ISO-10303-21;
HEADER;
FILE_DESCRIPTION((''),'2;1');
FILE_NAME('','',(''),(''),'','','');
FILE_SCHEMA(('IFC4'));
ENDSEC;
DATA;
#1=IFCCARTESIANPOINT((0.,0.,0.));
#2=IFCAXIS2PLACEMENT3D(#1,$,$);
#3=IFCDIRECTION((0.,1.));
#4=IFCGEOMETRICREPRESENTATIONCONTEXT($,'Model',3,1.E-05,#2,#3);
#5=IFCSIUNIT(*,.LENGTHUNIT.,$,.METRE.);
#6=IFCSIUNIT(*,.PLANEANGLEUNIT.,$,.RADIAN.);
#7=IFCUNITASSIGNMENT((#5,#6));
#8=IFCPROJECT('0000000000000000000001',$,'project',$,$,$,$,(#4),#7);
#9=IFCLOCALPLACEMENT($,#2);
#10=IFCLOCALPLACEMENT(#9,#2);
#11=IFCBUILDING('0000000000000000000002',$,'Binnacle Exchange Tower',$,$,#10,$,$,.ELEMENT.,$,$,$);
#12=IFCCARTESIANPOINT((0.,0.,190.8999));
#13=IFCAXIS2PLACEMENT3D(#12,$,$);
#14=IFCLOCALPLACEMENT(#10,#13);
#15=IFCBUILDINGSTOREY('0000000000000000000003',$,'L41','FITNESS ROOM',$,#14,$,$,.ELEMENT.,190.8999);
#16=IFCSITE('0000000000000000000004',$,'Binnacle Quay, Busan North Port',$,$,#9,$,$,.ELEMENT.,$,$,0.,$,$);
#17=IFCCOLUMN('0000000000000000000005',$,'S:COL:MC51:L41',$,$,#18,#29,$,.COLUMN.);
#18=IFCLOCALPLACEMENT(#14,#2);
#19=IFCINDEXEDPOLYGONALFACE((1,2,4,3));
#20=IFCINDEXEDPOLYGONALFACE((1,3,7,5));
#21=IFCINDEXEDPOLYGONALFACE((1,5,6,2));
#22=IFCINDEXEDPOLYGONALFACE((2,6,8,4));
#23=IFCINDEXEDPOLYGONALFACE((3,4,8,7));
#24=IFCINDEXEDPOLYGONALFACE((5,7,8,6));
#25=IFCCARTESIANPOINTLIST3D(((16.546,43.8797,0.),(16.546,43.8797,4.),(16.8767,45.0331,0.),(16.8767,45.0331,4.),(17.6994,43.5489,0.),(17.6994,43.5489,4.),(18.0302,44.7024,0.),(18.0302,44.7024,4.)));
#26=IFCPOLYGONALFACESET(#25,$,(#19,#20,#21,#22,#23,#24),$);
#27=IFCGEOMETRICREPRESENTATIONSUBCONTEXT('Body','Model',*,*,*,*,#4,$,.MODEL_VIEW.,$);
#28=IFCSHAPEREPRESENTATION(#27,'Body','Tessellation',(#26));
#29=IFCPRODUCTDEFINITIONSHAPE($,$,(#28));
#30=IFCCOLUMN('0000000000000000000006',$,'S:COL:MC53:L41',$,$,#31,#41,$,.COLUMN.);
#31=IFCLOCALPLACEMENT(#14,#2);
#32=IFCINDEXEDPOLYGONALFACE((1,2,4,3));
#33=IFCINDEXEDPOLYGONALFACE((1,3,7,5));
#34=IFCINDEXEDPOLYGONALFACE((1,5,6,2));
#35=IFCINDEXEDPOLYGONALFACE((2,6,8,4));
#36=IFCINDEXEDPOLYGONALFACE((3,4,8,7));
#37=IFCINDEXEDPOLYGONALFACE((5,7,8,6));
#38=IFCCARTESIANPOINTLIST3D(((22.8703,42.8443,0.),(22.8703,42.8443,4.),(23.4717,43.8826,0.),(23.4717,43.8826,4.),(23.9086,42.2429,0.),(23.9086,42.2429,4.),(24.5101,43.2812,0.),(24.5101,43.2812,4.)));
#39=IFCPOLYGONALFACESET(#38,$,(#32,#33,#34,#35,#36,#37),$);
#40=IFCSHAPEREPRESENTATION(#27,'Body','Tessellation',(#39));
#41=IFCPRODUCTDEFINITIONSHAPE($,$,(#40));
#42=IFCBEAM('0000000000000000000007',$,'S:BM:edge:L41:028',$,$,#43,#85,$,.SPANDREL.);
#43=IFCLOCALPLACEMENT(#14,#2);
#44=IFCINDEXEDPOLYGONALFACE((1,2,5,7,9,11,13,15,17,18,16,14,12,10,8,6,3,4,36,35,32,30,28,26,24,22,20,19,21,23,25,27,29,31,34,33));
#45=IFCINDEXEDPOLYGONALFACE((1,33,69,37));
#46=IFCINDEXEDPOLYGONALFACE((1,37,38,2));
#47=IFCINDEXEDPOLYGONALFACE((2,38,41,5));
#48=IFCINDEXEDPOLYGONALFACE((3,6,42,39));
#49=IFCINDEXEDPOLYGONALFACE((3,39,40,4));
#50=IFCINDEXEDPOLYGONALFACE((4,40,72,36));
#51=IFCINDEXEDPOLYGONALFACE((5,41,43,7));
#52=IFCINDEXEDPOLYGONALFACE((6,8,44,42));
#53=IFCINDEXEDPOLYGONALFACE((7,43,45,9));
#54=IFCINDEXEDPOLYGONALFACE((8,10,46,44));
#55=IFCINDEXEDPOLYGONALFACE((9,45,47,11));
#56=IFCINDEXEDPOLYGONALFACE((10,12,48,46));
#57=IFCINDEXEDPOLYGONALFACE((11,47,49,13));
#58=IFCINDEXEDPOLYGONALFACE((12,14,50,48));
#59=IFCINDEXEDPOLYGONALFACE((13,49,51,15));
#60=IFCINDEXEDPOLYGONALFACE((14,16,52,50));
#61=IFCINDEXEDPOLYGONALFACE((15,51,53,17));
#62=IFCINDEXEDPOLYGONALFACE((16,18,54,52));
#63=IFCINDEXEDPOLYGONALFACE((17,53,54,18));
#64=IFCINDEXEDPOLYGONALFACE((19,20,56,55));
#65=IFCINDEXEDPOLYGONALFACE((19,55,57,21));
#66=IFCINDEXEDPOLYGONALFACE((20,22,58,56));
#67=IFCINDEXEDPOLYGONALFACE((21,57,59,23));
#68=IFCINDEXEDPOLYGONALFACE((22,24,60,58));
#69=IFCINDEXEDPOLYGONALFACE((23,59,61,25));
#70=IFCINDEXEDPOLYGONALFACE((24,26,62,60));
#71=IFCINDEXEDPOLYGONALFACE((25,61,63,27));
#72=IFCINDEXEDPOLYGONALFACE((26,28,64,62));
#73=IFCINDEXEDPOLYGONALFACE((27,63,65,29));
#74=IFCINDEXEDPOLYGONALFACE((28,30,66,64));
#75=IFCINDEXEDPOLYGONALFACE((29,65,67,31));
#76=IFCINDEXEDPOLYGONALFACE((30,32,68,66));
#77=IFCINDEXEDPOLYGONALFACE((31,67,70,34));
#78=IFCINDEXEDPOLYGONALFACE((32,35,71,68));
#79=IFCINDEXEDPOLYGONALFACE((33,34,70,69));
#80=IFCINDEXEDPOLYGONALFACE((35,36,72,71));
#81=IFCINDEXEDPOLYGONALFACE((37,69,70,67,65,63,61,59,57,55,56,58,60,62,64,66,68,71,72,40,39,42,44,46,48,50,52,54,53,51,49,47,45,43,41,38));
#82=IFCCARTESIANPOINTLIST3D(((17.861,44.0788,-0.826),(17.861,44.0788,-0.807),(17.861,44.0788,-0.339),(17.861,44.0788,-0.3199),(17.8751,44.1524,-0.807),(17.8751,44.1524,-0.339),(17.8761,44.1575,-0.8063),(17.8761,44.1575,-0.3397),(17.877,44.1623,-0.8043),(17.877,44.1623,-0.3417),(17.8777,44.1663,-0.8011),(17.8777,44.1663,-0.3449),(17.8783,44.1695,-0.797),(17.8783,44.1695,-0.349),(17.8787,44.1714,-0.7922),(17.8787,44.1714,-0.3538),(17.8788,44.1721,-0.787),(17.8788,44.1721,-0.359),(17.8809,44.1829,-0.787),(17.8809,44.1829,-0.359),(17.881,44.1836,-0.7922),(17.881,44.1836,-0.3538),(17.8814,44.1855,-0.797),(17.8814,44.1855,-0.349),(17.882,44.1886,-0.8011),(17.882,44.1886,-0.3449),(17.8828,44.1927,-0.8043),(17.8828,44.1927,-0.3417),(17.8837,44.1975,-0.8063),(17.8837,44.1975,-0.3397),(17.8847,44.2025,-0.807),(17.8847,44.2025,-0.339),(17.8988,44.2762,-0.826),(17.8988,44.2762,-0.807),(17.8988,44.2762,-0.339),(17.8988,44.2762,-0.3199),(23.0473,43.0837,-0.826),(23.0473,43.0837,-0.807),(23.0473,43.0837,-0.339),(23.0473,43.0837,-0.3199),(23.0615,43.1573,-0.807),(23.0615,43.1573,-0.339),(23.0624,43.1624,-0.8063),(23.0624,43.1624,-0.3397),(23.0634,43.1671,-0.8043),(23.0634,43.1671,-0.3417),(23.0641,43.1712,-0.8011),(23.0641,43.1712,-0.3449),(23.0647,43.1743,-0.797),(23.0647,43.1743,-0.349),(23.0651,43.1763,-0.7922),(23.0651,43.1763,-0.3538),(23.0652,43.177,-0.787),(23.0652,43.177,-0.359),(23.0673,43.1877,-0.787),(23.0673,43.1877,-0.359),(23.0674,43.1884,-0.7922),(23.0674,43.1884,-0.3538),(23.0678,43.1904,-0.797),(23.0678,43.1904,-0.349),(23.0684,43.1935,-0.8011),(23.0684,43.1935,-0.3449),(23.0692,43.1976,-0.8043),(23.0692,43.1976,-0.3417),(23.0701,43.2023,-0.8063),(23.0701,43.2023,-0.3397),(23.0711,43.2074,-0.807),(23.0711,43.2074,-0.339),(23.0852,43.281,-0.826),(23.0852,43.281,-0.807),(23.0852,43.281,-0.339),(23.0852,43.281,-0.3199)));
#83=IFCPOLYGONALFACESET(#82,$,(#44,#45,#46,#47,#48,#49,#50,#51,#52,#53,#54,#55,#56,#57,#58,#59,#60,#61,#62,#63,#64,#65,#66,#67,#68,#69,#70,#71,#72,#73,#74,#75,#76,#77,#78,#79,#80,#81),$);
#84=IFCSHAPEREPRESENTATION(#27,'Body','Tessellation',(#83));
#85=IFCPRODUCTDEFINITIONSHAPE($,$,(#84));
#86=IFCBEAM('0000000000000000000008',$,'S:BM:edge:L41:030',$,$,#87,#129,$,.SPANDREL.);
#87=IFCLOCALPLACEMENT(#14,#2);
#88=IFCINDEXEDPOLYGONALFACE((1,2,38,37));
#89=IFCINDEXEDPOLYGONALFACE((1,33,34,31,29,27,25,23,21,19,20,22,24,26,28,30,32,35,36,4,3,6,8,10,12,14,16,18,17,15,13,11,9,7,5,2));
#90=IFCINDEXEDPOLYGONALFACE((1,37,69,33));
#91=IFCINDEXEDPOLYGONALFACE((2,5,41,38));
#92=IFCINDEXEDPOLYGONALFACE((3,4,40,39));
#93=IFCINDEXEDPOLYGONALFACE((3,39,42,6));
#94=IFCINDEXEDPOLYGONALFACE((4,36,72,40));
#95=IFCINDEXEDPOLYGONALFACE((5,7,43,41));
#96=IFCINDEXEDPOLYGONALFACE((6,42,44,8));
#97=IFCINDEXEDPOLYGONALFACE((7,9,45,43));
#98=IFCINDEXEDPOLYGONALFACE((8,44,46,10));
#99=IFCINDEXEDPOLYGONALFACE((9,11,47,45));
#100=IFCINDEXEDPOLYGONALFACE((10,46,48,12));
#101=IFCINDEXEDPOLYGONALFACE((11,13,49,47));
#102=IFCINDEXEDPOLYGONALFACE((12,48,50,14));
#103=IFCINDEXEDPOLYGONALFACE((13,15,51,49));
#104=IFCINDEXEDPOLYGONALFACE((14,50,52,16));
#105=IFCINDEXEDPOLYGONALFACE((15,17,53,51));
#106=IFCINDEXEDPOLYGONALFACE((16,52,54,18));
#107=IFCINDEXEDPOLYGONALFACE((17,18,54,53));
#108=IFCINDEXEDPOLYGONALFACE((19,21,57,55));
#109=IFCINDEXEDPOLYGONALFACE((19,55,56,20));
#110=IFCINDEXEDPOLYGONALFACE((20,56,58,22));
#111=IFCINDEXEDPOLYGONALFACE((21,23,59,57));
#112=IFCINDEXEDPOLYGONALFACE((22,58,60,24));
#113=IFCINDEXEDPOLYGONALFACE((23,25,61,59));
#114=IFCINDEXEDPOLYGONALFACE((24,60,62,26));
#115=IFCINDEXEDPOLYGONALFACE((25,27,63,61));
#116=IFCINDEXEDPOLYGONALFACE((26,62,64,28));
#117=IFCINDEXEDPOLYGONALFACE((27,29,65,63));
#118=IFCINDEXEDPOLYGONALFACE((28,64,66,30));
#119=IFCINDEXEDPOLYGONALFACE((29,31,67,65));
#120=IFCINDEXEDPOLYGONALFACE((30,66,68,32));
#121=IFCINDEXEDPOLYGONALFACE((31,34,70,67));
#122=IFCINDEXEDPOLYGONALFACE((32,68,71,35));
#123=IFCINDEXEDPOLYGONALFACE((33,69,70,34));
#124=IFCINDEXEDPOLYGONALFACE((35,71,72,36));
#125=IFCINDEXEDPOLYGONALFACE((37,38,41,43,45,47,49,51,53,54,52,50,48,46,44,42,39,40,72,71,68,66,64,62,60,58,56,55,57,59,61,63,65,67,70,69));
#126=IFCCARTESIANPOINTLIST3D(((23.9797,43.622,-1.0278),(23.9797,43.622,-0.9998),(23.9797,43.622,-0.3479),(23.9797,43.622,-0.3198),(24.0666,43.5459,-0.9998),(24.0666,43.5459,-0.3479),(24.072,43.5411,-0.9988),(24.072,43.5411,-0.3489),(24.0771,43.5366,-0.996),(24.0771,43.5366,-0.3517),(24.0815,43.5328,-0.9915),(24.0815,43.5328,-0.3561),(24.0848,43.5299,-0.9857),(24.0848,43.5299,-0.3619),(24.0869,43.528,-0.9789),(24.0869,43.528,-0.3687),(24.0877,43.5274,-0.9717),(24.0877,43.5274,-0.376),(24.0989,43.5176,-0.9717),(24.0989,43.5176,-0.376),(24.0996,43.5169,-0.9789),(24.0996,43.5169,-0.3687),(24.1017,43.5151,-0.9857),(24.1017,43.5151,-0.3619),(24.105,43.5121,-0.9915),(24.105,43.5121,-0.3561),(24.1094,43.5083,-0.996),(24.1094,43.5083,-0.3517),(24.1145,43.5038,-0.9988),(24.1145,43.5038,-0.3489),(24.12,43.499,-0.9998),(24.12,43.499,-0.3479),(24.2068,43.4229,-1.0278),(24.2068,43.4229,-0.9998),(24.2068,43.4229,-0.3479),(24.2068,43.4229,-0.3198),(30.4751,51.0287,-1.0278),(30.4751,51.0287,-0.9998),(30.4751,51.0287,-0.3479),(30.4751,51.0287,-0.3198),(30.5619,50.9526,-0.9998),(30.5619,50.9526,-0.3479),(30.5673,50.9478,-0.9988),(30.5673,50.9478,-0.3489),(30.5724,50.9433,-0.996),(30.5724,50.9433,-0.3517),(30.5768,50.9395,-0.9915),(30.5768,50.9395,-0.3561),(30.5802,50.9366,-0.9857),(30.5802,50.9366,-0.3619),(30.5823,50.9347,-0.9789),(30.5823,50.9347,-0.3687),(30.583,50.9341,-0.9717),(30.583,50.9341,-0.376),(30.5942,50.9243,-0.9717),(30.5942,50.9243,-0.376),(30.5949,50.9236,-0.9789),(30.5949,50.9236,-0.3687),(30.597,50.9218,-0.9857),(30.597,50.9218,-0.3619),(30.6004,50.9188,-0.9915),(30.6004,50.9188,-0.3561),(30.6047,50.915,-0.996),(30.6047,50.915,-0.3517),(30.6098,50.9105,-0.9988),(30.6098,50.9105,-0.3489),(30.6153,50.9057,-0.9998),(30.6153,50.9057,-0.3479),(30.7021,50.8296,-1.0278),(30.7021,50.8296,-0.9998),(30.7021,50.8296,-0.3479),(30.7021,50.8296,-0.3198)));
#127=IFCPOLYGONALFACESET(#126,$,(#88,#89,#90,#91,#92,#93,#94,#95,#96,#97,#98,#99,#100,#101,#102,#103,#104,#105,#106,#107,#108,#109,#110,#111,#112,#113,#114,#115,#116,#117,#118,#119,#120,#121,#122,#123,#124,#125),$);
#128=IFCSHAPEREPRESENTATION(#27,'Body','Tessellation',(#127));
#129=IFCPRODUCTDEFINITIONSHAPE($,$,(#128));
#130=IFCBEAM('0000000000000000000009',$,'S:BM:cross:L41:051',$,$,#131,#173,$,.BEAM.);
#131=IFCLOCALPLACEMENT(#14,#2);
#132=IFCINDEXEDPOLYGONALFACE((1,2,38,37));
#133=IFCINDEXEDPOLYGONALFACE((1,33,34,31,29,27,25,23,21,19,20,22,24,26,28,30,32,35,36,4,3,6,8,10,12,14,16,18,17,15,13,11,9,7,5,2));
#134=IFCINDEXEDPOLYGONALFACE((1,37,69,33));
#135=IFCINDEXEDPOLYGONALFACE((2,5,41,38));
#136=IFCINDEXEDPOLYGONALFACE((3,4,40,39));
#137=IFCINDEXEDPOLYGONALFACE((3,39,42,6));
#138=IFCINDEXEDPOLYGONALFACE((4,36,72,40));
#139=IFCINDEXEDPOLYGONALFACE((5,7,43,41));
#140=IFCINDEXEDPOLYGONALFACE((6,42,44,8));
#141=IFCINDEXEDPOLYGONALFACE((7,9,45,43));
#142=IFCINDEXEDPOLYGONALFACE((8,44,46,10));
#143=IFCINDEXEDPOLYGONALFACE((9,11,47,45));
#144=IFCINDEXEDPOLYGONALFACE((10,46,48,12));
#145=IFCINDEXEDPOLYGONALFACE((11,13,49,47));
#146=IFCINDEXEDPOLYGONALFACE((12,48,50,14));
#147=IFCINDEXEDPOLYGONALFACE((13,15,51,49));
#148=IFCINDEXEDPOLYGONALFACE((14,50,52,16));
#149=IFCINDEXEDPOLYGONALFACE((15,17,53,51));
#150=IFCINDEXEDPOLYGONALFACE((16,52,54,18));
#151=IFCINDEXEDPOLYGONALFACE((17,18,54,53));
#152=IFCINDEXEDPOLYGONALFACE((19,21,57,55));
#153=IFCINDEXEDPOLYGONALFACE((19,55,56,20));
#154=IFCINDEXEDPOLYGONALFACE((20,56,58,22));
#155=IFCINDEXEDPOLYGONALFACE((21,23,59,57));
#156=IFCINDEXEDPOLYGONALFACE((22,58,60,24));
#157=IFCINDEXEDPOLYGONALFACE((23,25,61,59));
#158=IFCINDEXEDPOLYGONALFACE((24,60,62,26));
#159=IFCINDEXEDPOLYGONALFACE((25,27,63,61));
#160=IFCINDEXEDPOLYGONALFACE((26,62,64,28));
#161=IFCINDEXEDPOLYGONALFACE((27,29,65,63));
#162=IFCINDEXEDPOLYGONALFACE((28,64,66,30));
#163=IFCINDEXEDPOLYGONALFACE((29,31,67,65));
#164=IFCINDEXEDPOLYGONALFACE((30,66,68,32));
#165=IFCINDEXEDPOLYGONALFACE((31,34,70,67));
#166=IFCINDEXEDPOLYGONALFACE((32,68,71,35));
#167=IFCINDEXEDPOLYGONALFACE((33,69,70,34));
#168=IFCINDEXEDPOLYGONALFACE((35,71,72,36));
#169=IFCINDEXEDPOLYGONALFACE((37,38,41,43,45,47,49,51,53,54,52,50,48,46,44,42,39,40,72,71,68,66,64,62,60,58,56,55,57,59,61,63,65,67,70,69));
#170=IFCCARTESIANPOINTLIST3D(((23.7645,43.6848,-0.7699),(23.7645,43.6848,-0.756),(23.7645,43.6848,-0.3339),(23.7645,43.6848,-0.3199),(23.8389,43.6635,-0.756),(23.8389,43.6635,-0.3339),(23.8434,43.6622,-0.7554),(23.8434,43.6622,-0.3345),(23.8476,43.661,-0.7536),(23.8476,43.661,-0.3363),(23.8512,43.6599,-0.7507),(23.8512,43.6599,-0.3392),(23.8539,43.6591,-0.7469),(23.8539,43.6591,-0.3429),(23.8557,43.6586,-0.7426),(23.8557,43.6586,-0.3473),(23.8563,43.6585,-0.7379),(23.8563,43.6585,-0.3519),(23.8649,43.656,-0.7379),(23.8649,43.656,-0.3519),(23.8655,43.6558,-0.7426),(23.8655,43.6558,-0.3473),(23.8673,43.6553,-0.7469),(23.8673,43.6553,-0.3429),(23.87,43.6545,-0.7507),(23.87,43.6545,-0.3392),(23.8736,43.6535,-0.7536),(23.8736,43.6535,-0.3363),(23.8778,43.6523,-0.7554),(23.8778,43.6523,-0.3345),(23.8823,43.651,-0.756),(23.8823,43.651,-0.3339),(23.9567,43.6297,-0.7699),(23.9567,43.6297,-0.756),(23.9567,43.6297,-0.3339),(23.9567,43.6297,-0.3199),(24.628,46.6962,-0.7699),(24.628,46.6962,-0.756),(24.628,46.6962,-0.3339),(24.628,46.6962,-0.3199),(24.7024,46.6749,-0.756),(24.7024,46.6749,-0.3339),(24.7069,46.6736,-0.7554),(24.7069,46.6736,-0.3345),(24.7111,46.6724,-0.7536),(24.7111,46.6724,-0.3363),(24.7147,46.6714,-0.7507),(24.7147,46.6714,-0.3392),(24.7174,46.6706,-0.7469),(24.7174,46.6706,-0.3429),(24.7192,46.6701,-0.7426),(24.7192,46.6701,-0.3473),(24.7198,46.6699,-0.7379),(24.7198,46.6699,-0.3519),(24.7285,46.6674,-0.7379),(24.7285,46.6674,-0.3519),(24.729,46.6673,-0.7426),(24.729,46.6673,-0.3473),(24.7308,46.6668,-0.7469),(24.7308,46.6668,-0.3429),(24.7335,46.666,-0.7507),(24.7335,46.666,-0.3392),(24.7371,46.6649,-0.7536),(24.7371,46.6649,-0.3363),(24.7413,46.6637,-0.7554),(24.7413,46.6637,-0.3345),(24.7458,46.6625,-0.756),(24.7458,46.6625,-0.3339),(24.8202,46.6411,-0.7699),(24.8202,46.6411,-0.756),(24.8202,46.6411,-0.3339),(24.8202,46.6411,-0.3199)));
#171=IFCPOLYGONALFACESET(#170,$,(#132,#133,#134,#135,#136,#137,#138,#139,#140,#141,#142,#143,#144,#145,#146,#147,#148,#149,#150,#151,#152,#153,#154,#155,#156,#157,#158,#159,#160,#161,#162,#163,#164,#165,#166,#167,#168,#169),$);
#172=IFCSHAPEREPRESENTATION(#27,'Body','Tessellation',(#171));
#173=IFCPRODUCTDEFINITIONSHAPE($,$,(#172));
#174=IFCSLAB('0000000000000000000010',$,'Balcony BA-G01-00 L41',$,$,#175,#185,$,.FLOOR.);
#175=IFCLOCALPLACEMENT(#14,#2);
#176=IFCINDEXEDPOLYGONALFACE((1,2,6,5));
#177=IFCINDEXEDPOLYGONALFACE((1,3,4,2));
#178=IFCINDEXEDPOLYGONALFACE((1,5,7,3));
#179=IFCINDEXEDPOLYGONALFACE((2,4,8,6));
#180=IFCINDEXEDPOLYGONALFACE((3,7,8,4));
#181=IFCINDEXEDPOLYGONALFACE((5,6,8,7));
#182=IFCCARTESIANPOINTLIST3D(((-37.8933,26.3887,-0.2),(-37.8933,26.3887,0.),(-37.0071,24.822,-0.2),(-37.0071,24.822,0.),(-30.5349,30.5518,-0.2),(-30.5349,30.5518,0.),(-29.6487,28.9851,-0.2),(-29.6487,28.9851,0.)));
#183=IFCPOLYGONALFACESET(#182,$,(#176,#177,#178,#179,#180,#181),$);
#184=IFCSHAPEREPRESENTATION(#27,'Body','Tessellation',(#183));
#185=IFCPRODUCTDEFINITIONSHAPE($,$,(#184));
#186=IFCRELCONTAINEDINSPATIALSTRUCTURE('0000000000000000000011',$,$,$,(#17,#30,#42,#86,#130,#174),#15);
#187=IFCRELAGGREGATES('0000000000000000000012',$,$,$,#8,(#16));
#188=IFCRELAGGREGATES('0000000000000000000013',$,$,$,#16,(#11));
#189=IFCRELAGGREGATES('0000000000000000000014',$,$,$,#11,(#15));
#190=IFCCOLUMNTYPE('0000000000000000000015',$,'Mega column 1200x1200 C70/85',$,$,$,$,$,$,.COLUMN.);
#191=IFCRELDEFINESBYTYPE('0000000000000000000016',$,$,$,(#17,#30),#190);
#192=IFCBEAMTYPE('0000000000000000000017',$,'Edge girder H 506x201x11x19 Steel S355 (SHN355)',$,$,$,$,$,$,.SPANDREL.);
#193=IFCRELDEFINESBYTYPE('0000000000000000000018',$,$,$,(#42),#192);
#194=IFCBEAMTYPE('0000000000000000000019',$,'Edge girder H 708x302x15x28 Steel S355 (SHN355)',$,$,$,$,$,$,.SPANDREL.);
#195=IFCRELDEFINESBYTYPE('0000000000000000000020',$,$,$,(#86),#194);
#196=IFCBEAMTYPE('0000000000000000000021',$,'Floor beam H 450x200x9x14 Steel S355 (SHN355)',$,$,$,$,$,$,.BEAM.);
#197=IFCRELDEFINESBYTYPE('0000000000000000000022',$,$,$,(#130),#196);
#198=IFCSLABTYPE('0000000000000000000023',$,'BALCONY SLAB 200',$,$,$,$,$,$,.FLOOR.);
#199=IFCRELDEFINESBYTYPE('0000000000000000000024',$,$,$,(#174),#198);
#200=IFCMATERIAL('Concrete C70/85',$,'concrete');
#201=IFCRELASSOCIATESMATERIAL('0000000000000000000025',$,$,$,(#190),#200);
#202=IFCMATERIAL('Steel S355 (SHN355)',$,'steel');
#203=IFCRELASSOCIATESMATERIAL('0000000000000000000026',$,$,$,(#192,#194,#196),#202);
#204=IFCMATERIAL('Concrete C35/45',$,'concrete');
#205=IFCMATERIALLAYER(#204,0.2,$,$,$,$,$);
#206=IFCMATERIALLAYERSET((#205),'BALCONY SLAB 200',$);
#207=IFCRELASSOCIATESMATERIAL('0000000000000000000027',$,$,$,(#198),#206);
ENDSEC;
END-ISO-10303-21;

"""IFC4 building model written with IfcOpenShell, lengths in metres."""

from ifc_helpers import new_model, si_unit, direction, frame, origin, origin_2d, place, context, subcontext, project, spatial, polyline, rectangle, i_section, outline, extrude, material, layer, layer_set, material_profile, profile_set, type_object, element, save


model = new_model("IFC4")

# Units and contexts
model_context = context("Model", 3, precision=1e-05, world=origin(), true_north=direction((0.0, 1.0)))
body_context = subcontext(model_context, "Body", "Model", "MODEL_VIEW")
ifc_project = project(units=[si_unit("LENGTHUNIT", "METRE"), si_unit("PLANEANGLEUNIT", "RADIAN")], contexts=[model_context])

# Site, building, storey
site_placement = place(None, origin())
site = spatial("IfcSite", under=ifc_project, at=site_placement, Name="Binnacle Quay, Busan North Port", CompositionType="ELEMENT", RefElevation=0.0)
building_placement = place(site_placement, origin())
building = spatial("IfcBuilding", under=site, at=building_placement, Name="Binnacle Exchange Tower", CompositionType="ELEMENT")
storey_placement = place(building_placement, frame((0.0, 0.0, 190.8999)))
storey = spatial("IfcBuildingStorey", under=building, at=storey_placement, Name="L41", Description="FITNESS ROOM", CompositionType="ELEMENT", Elevation=190.8999)

# Columns
ifc_material_1 = material(Name="Concrete C70/85", Category="concrete")
ifc_material_profile_1 = material_profile(ifc_material_1, rectangle(XDim=1.2, YDim=1.2, at=origin_2d()), Name="Mega column 1200x1200 C70/85")
ifc_profile_set_1 = profile_set([ifc_material_profile_1], Name="Concrete C70/85")
column_type = type_object("IfcColumnType", Name="Mega column 1200x1200 C70/85", PredefinedType="COLUMN", material=ifc_profile_set_1)
for number, where, z_axis, x_axis, name in (
    (1, (17.2881, 44.291, 0.0), (0.0, 0.0, 1.0), (0.961262, -0.275637, 0.0), "S:COL:MC51:L41"),
    (2, (23.6902, 43.0627, 0.0), (0.0, 0.0, 1.0), (-0.865326, 0.501209, 0.0), "S:COL:MC53:L41"),
):
    element("IfcColumn", number, at=place(storey_placement, frame(where, z_axis=z_axis, x_axis=x_axis)), inside=storey, type_object=column_type, Name=name, PredefinedType="COLUMN", context=body_context, shape_type="SweptSolid", body=[
        extrude(rectangle(XDim=1.2, YDim=1.2, at=origin_2d()), origin(), (0.0, 0.0, 1.0), 4.0),
    ])

# Beams
ifc_material_2 = material(Name="Steel S355 (SHN355)", Category="steel")
ifc_material_profile_2 = material_profile(ifc_material_2, i_section(OverallWidth=0.2009, OverallDepth=0.5061, WebThickness=0.011, FlangeThickness=0.019, FilletRadius=0.02, at=origin_2d()), Name="H 506x201x11x19")
ifc_profile_set_2 = profile_set([ifc_material_profile_2], Name="Steel S355 (SHN355)")
beam_type_1 = type_object("IfcBeamType", Name="Edge girder H 506x201x11x19 Steel S355 (SHN355)", PredefinedType="SPANDREL", material=ifc_profile_set_2)
beam_1_placement = place(storey_placement, frame((17.8799, 44.1775, -0.573), z_axis=(0.982085, -0.188438, 0.0), x_axis=(0.188438, 0.982085, 0.0)))
element("IfcBeam", 3, at=beam_1_placement, inside=storey, type_object=beam_type_1, Name="S:BM:edge:L41:028", PredefinedType="SPANDREL", context=body_context, shape_type="SweptSolid", body=[
    extrude(i_section(OverallWidth=0.2009, OverallDepth=0.5061, WebThickness=0.011, FlangeThickness=0.019, FilletRadius=0.02, at=origin_2d()), origin(), (0.0, 0.0, 1.0), 5.281),
])
ifc_material_profile_3 = material_profile(ifc_material_2, i_section(OverallWidth=0.302, OverallDepth=0.708, WebThickness=0.0149, FlangeThickness=0.0281, FilletRadius=0.0281, at=origin_2d()), Name="H 708x302x15x28")
ifc_profile_set_3 = profile_set([ifc_material_profile_3], Name="Steel S355 (SHN355)")
beam_type_2 = type_object("IfcBeamType", Name="Edge girder H 708x302x15x28 Steel S355 (SHN355)", PredefinedType="SPANDREL", material=ifc_profile_set_3)
beam_2_placement = place(storey_placement, frame((24.0933, 43.5225, -0.6738), z_axis=(0.659336, 0.751849, 0.0), x_axis=(-0.751849, 0.659336, 0.0)))
element("IfcBeam", 4, at=beam_2_placement, inside=storey, type_object=beam_type_2, Name="S:BM:edge:L41:030", PredefinedType="SPANDREL", context=body_context, shape_type="SweptSolid", body=[
    extrude(i_section(OverallWidth=0.302, OverallDepth=0.708, WebThickness=0.0149, FlangeThickness=0.0281, FilletRadius=0.0281, at=origin_2d()), origin(), (0.0, 0.0, 1.0), 9.8513),
])
ifc_material_profile_4 = material_profile(ifc_material_2, i_section(OverallWidth=0.2, OverallDepth=0.45, WebThickness=0.009, FlangeThickness=0.0139, FilletRadius=0.0181, at=origin_2d()), Name="H 450x200x9x14")
ifc_profile_set_4 = profile_set([ifc_material_profile_4], Name="Steel S355 (SHN355)")
beam_type_3 = type_object("IfcBeamType", Name="Floor beam H 450x200x9x14 Steel S355 (SHN355)", PredefinedType="BEAM", material=ifc_profile_set_4)
beam_3_placement = place(storey_placement, frame((23.8606, 43.6572, -0.5449), z_axis=(0.275637, 0.961262, 0.0), x_axis=(-0.961262, 0.275637, 0.0)))
element("IfcBeam", 5, at=beam_3_placement, inside=storey, type_object=beam_type_3, Name="S:BM:cross:L41:051", PredefinedType="BEAM", context=body_context, shape_type="SweptSolid", body=[
    extrude(i_section(OverallWidth=0.2, OverallDepth=0.45, WebThickness=0.009, FlangeThickness=0.0139, FilletRadius=0.0181, at=origin_2d()), origin(), (0.0, 0.0, 1.0), 3.1328),
])

# Slab
ifc_material_3 = material(Name="Concrete C35/45", Category="concrete")
ifc_layer_1 = layer(ifc_material_3, 0.2)
ifc_layer_set_1 = layer_set([ifc_layer_1], Name="BALCONY SLAB 200")
slab_type_1 = type_object("IfcSlabType", Name="BALCONY SLAB 200", PredefinedType="FLOOR", material=ifc_layer_set_1)
slab_1_placement = place(storey_placement, frame((0.0, 0.0, -0.2)))
element("IfcSlab", 6, at=slab_1_placement, inside=storey, type_object=slab_type_1, Name="Balcony BA-G01-00 L41", PredefinedType="FLOOR", context=body_context, shape_type="SweptSolid", body=[
    extrude(outline(polyline([(-37.8933, 26.3887), (-30.5349, 30.5518), (-29.6487, 28.9851), (-37.0071, 24.822), (-37.8933, 26.3887)])), origin(), (0.0, 0.0, 1.0), 0.2),
])

save(model, "model.ifc")
